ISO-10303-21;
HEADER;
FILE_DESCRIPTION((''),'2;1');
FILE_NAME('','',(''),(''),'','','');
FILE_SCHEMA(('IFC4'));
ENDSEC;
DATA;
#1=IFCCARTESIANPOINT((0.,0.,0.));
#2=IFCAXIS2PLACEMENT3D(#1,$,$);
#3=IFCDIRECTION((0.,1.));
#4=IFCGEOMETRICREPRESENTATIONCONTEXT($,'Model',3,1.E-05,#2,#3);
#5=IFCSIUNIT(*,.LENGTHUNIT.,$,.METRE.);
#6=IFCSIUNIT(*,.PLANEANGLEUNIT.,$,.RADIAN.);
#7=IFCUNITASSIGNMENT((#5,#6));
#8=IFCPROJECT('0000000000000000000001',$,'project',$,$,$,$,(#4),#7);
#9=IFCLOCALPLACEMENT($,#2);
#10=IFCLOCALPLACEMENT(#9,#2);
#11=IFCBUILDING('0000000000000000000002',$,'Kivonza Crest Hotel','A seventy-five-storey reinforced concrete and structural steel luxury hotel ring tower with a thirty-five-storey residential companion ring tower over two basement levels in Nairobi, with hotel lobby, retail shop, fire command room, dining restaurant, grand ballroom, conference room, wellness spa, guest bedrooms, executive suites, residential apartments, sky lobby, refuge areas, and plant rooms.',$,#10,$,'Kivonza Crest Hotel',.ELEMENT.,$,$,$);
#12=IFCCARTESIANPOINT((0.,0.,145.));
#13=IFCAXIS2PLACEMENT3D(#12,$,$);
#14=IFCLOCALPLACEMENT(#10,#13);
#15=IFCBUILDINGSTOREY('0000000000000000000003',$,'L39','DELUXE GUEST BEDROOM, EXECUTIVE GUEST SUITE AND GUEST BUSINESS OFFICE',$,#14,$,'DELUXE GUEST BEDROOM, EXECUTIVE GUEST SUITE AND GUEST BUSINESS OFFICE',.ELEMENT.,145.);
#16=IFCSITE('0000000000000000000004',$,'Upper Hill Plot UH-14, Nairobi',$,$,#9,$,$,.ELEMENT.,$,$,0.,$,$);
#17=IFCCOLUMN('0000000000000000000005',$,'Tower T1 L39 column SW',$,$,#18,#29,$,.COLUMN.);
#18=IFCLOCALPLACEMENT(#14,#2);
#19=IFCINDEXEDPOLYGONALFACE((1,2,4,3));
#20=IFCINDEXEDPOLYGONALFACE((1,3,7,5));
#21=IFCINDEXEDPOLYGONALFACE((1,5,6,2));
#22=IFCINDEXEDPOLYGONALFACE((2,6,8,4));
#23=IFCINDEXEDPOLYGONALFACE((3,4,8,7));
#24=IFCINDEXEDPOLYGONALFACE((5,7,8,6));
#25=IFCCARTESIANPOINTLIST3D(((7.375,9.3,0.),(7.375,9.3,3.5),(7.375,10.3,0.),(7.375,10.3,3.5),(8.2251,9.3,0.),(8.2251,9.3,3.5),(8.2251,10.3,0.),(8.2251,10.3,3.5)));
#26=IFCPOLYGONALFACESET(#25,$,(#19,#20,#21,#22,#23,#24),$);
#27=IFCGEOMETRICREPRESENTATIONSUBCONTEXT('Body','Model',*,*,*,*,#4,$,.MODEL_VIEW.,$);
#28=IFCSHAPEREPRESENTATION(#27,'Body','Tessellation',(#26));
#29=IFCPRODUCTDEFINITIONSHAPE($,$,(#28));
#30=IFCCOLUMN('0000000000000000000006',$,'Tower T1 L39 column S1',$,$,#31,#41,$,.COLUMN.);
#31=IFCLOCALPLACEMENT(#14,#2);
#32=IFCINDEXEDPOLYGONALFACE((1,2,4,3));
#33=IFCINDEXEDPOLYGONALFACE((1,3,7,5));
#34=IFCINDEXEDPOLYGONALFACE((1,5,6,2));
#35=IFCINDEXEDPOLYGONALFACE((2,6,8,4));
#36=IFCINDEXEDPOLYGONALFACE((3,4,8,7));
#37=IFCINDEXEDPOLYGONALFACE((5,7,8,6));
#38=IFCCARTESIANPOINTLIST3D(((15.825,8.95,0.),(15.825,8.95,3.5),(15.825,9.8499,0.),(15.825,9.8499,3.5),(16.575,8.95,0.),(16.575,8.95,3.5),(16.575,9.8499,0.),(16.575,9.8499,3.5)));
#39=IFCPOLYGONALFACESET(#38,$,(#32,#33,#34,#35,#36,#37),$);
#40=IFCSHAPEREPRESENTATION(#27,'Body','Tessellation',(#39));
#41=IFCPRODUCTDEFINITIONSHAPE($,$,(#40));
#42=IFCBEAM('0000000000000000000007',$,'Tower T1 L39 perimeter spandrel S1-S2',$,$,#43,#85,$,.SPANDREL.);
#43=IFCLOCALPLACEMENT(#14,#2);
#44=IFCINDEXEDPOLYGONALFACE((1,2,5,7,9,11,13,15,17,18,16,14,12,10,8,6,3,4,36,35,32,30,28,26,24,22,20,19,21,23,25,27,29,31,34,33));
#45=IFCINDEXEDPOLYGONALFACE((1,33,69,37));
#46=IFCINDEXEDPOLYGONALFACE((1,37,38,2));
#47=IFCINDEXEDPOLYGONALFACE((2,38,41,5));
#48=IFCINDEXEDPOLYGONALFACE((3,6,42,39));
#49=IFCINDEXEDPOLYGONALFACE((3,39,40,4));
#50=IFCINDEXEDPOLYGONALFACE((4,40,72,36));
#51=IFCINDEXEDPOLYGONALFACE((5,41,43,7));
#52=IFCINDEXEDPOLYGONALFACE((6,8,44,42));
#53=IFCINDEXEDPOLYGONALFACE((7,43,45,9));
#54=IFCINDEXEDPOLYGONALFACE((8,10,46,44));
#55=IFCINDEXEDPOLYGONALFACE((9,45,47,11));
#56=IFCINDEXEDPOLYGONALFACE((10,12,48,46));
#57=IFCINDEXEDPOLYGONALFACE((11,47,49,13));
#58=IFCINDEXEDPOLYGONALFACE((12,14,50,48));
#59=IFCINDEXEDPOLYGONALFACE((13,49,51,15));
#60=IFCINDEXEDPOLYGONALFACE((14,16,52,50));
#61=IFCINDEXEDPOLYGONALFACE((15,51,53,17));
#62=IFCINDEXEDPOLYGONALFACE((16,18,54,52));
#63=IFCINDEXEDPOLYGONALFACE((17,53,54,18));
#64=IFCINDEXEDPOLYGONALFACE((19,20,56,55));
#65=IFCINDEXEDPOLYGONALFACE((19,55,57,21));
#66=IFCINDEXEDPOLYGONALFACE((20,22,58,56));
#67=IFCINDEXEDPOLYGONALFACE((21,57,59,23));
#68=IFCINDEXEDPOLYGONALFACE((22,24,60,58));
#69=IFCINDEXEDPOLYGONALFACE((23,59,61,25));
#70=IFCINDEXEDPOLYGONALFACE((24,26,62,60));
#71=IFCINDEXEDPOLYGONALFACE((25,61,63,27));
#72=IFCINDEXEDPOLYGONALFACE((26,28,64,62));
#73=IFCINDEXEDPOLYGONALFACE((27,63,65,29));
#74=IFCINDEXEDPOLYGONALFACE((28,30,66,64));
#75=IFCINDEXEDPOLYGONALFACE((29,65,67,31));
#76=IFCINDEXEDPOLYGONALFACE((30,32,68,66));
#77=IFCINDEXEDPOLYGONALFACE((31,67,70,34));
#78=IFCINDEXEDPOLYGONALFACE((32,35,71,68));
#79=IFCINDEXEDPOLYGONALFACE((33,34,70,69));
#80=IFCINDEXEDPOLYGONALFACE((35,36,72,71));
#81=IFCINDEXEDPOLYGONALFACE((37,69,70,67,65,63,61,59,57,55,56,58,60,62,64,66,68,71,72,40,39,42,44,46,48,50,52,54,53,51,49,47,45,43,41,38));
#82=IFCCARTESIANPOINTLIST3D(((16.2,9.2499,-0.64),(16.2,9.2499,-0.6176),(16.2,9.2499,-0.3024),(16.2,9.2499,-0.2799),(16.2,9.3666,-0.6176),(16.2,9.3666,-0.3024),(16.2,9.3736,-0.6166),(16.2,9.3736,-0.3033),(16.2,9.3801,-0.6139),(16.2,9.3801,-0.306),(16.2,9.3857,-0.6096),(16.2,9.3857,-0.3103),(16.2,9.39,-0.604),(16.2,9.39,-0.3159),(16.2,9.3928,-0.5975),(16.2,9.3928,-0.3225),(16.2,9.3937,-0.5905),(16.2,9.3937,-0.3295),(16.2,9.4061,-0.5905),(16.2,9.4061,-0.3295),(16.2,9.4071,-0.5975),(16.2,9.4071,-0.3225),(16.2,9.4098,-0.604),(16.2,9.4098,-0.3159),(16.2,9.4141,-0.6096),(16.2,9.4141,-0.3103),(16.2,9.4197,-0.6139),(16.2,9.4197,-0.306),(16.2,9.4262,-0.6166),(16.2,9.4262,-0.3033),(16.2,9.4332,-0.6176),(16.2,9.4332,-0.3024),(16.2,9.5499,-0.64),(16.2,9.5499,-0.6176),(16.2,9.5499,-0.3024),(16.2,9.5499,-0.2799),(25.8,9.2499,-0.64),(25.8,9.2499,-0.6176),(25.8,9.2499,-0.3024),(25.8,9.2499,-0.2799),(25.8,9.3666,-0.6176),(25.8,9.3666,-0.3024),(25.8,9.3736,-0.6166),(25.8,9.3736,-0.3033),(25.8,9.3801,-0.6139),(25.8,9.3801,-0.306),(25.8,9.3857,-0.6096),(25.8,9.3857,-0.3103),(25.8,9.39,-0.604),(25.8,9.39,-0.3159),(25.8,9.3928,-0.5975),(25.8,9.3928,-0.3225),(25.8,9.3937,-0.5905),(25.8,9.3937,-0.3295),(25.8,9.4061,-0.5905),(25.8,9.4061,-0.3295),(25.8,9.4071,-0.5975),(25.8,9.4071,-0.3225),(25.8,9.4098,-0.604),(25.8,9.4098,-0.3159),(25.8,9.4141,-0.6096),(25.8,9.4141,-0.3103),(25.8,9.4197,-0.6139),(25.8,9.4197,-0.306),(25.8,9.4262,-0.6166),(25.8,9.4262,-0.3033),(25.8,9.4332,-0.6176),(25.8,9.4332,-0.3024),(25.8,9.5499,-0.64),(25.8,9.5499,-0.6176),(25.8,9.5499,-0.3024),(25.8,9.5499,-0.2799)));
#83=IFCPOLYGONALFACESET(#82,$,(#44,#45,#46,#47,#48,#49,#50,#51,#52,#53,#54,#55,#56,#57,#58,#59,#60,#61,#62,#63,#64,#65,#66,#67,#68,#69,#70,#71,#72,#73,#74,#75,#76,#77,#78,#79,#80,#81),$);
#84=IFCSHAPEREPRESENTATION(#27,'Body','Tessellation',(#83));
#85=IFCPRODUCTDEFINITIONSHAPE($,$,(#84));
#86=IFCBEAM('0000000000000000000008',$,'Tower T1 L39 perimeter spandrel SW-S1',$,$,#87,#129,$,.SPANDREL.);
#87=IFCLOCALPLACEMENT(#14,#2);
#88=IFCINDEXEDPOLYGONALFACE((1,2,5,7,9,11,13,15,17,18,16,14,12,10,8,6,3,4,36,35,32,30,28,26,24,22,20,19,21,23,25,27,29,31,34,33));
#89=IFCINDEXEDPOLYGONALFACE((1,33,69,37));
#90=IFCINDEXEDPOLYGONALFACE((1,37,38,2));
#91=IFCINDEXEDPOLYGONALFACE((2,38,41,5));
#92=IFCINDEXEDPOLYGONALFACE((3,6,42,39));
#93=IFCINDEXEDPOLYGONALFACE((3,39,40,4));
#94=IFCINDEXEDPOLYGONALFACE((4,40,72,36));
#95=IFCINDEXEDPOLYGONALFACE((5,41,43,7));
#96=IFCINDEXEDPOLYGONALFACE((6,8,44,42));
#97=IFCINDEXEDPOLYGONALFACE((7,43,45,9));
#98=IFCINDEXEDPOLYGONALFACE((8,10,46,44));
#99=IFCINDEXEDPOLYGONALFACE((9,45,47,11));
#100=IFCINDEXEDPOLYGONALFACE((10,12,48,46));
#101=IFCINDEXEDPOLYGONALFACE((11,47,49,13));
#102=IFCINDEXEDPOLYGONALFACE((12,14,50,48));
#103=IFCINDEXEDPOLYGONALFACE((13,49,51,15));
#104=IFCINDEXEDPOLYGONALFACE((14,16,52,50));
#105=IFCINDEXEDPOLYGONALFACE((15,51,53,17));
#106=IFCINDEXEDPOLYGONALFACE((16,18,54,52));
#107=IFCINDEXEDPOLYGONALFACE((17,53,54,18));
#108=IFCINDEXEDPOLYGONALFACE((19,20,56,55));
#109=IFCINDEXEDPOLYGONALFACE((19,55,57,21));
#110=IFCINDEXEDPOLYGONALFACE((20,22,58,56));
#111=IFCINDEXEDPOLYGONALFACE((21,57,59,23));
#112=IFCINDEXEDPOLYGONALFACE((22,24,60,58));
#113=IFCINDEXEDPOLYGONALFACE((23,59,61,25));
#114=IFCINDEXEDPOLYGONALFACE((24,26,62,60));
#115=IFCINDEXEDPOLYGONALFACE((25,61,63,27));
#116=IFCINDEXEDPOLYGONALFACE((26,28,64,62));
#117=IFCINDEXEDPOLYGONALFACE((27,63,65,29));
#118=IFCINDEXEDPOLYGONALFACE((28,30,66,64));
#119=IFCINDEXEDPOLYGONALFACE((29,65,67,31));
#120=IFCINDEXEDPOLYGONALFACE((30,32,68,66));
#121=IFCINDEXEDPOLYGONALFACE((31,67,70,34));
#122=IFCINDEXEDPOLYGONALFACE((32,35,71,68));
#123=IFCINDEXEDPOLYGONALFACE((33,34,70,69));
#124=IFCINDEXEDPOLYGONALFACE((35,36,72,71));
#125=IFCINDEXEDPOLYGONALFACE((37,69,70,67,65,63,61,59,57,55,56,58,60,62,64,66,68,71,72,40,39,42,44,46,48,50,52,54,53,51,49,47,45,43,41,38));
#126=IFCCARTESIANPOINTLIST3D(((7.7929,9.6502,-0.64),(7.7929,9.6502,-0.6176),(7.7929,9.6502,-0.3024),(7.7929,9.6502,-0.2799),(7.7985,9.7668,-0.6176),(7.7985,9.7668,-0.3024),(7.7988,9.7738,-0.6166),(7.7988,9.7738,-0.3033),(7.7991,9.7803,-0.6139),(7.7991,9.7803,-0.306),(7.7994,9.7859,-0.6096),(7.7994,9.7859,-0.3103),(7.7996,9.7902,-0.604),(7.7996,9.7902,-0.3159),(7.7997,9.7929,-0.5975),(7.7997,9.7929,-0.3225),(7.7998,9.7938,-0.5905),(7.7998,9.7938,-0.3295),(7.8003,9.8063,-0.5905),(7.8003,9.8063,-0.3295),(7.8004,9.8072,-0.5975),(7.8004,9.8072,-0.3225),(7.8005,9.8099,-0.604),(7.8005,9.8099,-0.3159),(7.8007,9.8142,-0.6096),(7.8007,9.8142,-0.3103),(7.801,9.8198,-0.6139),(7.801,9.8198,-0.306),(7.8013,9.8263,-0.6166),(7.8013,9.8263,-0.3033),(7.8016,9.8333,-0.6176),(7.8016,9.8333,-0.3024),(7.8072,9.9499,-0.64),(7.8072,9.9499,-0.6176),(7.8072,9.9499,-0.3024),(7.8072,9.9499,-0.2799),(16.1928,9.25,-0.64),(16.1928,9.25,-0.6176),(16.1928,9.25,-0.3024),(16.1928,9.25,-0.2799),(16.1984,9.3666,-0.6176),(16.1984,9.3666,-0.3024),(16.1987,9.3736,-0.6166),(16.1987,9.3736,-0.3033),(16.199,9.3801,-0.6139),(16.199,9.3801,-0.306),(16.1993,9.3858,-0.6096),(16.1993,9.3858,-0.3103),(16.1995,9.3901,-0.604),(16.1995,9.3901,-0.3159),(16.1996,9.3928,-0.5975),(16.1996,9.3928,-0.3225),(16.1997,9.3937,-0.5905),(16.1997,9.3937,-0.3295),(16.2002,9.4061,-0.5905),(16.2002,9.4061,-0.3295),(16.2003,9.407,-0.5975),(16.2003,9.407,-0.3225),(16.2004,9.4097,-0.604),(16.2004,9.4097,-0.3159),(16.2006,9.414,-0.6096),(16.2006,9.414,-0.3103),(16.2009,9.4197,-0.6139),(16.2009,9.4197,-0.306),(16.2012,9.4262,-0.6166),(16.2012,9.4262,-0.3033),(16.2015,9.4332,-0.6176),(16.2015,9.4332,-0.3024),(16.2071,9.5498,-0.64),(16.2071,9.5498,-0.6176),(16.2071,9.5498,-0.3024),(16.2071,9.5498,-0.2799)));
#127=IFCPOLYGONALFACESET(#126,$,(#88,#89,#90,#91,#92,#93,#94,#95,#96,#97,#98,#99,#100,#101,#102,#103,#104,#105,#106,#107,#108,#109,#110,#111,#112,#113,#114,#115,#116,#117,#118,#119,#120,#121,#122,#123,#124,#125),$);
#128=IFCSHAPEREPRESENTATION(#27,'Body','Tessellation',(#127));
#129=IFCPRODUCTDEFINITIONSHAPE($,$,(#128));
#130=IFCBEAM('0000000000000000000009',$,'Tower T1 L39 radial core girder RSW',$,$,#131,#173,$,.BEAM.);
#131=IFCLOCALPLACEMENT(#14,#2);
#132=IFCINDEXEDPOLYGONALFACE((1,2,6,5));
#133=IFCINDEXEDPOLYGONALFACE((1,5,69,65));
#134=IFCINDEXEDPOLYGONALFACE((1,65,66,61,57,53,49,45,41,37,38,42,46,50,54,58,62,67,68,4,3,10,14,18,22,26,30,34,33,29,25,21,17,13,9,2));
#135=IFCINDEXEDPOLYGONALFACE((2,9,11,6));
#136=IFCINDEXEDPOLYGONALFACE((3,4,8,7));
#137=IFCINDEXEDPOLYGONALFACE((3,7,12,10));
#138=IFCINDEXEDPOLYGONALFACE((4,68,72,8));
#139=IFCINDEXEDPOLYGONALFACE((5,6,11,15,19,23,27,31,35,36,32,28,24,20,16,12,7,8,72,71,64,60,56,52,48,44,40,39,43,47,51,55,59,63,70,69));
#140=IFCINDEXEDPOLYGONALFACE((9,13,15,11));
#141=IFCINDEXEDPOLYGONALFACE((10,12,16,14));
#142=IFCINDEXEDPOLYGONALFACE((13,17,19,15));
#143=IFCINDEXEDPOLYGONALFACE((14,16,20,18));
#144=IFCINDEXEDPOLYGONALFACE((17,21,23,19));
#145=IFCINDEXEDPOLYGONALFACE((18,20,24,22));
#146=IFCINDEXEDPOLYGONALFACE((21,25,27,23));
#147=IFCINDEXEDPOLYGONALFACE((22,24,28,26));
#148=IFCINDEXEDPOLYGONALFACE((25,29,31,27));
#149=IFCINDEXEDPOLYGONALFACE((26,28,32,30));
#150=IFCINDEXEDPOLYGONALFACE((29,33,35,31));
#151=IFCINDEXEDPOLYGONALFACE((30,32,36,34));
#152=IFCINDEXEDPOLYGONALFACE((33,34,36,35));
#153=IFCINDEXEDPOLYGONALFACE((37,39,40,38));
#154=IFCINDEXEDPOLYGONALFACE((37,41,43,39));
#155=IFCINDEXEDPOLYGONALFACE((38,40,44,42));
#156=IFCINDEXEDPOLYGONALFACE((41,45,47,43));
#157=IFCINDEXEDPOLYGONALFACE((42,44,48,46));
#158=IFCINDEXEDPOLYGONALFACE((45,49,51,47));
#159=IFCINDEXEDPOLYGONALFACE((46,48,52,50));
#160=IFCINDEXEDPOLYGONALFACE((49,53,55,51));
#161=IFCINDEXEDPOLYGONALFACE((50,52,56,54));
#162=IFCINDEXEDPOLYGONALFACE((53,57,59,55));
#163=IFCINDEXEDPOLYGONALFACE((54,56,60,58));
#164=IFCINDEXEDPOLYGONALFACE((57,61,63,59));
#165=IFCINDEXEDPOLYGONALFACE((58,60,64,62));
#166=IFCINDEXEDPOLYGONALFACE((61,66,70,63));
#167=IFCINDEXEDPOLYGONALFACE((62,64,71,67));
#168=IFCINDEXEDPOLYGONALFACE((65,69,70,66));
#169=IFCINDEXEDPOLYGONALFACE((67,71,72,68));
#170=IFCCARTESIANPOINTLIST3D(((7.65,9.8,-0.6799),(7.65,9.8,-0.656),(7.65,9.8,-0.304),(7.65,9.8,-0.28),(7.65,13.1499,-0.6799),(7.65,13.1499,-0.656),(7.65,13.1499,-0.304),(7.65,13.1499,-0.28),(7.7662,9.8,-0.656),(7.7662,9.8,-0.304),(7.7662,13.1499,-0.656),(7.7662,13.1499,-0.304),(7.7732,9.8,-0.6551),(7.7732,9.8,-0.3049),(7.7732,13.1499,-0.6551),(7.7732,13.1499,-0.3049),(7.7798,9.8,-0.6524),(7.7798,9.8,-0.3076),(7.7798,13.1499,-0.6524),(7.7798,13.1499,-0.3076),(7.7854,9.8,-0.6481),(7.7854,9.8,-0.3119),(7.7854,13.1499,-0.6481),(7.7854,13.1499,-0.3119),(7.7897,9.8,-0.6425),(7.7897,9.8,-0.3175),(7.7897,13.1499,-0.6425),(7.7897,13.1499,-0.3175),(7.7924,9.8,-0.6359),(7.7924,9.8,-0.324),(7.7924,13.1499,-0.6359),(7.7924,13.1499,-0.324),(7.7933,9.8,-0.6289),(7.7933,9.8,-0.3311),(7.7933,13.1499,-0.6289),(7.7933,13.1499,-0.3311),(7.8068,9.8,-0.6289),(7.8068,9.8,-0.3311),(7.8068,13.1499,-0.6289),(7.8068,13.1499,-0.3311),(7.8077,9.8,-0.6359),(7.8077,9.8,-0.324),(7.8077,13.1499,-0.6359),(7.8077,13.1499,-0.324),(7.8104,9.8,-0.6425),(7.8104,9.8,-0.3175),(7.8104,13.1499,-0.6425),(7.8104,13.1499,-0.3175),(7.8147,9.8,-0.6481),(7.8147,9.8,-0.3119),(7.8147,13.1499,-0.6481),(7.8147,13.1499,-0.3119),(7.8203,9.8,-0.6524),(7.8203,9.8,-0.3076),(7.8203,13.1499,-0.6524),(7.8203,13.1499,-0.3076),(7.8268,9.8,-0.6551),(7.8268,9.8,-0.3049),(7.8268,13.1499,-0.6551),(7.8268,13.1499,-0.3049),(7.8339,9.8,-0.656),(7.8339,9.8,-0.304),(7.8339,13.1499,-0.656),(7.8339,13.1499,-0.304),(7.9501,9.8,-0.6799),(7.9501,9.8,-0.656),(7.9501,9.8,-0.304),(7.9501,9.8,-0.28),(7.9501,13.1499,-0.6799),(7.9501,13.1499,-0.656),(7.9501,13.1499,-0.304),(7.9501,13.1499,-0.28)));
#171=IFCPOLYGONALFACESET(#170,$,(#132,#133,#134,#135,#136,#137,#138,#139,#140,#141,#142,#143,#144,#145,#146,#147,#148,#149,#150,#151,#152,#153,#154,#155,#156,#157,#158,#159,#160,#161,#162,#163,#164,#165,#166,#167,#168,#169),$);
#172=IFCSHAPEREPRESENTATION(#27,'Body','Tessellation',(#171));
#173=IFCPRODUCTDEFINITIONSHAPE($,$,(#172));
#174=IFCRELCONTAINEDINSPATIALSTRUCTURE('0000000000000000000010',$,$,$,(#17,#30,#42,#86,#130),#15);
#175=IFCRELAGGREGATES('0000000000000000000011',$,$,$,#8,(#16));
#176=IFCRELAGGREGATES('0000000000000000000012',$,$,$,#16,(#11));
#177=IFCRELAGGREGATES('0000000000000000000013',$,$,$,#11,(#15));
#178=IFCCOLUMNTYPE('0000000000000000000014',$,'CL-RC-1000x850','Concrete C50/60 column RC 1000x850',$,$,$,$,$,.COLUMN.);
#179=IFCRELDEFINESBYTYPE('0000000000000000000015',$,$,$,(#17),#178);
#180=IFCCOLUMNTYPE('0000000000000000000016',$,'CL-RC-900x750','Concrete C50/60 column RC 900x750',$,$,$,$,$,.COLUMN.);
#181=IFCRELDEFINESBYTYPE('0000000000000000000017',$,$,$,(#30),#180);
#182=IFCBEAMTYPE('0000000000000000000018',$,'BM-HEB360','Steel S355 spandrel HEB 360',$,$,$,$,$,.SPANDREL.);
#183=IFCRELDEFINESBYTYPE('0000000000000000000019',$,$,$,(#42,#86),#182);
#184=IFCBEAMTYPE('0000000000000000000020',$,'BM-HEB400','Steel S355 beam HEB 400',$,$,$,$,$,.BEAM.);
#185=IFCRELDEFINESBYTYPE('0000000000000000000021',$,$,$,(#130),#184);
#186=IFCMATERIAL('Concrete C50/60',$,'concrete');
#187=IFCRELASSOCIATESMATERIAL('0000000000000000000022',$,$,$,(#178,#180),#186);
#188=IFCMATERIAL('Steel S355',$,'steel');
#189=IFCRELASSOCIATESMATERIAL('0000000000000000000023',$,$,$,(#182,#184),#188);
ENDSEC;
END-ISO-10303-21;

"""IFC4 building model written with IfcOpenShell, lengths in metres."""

from ifc_helpers import new_model, si_unit, direction, frame, origin, origin_2d, place, context, subcontext, project, spatial, rectangle, i_section, extrude, material, material_profile, profile_set, type_object, element, save


model = new_model("IFC4")

# Units and contexts
model_context = context("Model", 3, precision=1e-05, world=origin(), true_north=direction((0.0, 1.0)))
body_context = subcontext(model_context, "Body", "Model", "MODEL_VIEW")
ifc_project = project(units=[si_unit("LENGTHUNIT", "METRE"), si_unit("PLANEANGLEUNIT", "RADIAN")], contexts=[model_context])

# Site, building, storey
site_placement = place(None, origin())
site = spatial("IfcSite", under=ifc_project, at=site_placement, Name="Upper Hill Plot UH-14, Nairobi", CompositionType="ELEMENT", RefElevation=0.0)
building_placement = place(site_placement, origin())
building = spatial("IfcBuilding", under=site, at=building_placement, Name="Kivonza Crest Hotel", Description="A seventy-five-storey reinforced concrete and structural steel luxury hotel ring tower with a thirty-five-storey residential companion ring tower over two basement levels in Nairobi, with hotel lobby, retail shop, fire command room, dining restaurant, grand ballroom, conference room, wellness spa, guest bedrooms, executive suites, residential apartments, sky lobby, refuge areas, and plant rooms.", LongName="Kivonza Crest Hotel", CompositionType="ELEMENT")
storey_placement = place(building_placement, frame((0.0, 0.0, 145.0)))
storey = spatial("IfcBuildingStorey", under=building, at=storey_placement, Name="L39", Description="DELUXE GUEST BEDROOM, EXECUTIVE GUEST SUITE AND GUEST BUSINESS OFFICE", LongName="DELUXE GUEST BEDROOM, EXECUTIVE GUEST SUITE AND GUEST BUSINESS OFFICE", CompositionType="ELEMENT", Elevation=145.0)

# Columns
ifc_material_1 = material(Name="Concrete C50/60", Category="concrete")
ifc_material_profile_1 = material_profile(ifc_material_1, rectangle(XDim=0.8501, YDim=1.0, at=origin_2d()), Name="RC 1000x850")
ifc_profile_set_1 = profile_set([ifc_material_profile_1], Name="Concrete C50/60")
column_type_1 = type_object("IfcColumnType", Name="CL-RC-1000x850", Description="Concrete C50/60 column RC 1000x850", PredefinedType="COLUMN", material=ifc_profile_set_1)
column_1_placement = place(storey_placement, frame((7.8, 9.8, 0.0), z_axis=(0.0, 0.0, 1.0), x_axis=(1.0, 0.0, 0.0)))
element("IfcColumn", 1, at=column_1_placement, inside=storey, type_object=column_type_1, Name="Tower T1 L39 column SW", PredefinedType="COLUMN", context=body_context, shape_type="SweptSolid", body=[
    extrude(rectangle(XDim=0.8501, YDim=1.0, at=origin_2d()), origin(), (0.0, 0.0, 1.0), 3.5),
])
ifc_material_profile_2 = material_profile(ifc_material_1, rectangle(XDim=0.75, YDim=0.8999, at=origin_2d()), Name="RC 900x750")
ifc_profile_set_2 = profile_set([ifc_material_profile_2], Name="Concrete C50/60")
column_type_2 = type_object("IfcColumnType", Name="CL-RC-900x750", Description="Concrete C50/60 column RC 900x750", PredefinedType="COLUMN", material=ifc_profile_set_2)
column_2_placement = place(storey_placement, frame((16.2, 9.3999, 0.0), z_axis=(0.0, 0.0, 1.0), x_axis=(1.0, 0.0, 0.0)))
element("IfcColumn", 2, at=column_2_placement, inside=storey, type_object=column_type_2, Name="Tower T1 L39 column S1", PredefinedType="COLUMN", context=body_context, shape_type="SweptSolid", body=[
    extrude(rectangle(XDim=0.75, YDim=0.8999, at=origin_2d()), origin(), (0.0, 0.0, 1.0), 3.5),
])

# Beams
ifc_material_2 = material(Name="Steel S355", Category="steel")
ifc_material_profile_3 = material_profile(ifc_material_2, i_section(OverallWidth=0.3, OverallDepth=0.3601, WebThickness=0.0125, FlangeThickness=0.0225, FilletRadius=0.0271, at=origin_2d()), Name="HEB 360")
ifc_profile_set_3 = profile_set([ifc_material_profile_3], Name="Steel S355")
beam_type_1 = type_object("IfcBeamType", Name="BM-HEB360", Description="Steel S355 spandrel HEB 360", PredefinedType="SPANDREL", material=ifc_profile_set_3)
beam_1_placement = place(storey_placement, frame((16.2, 9.3999, -0.46), z_axis=(1.0, 0.0, 0.0), x_axis=(0.0, 1.0, 0.0)))
element("IfcBeam", 3, at=beam_1_placement, inside=storey, type_object=beam_type_1, Name="Tower T1 L39 perimeter spandrel S1-S2", PredefinedType="SPANDREL", context=body_context, shape_type="SweptSolid", body=[
    extrude(i_section(OverallWidth=0.3, OverallDepth=0.3601, WebThickness=0.0125, FlangeThickness=0.0225, FilletRadius=0.0271, at=origin_2d()), origin(), (0.0, 0.0, 1.0), 9.6001),
])
beam_2_placement = place(storey_placement, frame((7.8, 9.8, -0.46), z_axis=(0.998867, -0.047583, 0.0), x_axis=(0.047583, 0.998867, 0.0)))
element("IfcBeam", 4, at=beam_2_placement, inside=storey, type_object=beam_type_1, Name="Tower T1 L39 perimeter spandrel SW-S1", PredefinedType="SPANDREL", context=body_context, shape_type="SweptSolid", body=[
    extrude(i_section(OverallWidth=0.3, OverallDepth=0.3601, WebThickness=0.0125, FlangeThickness=0.0225, FilletRadius=0.0271, at=origin_2d()), origin(), (0.0, 0.0, 1.0), 8.4094),
])
ifc_material_profile_4 = material_profile(ifc_material_2, i_section(OverallWidth=0.3, OverallDepth=0.3999, WebThickness=0.0134, FlangeThickness=0.0239, FilletRadius=0.0271, at=origin_2d()), Name="HEB 400")
ifc_profile_set_4 = profile_set([ifc_material_profile_4], Name="Steel S355")
beam_type_2 = type_object("IfcBeamType", Name="BM-HEB400", Description="Steel S355 beam HEB 400", PredefinedType="BEAM", material=ifc_profile_set_4)
beam_3_placement = place(storey_placement, frame((7.8, 9.8, -0.48), z_axis=(0.0, 1.0, 0.0), x_axis=(-1.0, 0.0, 0.0)))
element("IfcBeam", 5, at=beam_3_placement, inside=storey, type_object=beam_type_2, Name="Tower T1 L39 radial core girder RSW", PredefinedType="BEAM", context=body_context, shape_type="SweptSolid", body=[
    extrude(i_section(OverallWidth=0.3, OverallDepth=0.3999, WebThickness=0.0134, FlangeThickness=0.0239, FilletRadius=0.0271, at=origin_2d()), origin(), (0.0, 0.0, 1.0), 3.3499),
])

save(model, "model.ifc")
